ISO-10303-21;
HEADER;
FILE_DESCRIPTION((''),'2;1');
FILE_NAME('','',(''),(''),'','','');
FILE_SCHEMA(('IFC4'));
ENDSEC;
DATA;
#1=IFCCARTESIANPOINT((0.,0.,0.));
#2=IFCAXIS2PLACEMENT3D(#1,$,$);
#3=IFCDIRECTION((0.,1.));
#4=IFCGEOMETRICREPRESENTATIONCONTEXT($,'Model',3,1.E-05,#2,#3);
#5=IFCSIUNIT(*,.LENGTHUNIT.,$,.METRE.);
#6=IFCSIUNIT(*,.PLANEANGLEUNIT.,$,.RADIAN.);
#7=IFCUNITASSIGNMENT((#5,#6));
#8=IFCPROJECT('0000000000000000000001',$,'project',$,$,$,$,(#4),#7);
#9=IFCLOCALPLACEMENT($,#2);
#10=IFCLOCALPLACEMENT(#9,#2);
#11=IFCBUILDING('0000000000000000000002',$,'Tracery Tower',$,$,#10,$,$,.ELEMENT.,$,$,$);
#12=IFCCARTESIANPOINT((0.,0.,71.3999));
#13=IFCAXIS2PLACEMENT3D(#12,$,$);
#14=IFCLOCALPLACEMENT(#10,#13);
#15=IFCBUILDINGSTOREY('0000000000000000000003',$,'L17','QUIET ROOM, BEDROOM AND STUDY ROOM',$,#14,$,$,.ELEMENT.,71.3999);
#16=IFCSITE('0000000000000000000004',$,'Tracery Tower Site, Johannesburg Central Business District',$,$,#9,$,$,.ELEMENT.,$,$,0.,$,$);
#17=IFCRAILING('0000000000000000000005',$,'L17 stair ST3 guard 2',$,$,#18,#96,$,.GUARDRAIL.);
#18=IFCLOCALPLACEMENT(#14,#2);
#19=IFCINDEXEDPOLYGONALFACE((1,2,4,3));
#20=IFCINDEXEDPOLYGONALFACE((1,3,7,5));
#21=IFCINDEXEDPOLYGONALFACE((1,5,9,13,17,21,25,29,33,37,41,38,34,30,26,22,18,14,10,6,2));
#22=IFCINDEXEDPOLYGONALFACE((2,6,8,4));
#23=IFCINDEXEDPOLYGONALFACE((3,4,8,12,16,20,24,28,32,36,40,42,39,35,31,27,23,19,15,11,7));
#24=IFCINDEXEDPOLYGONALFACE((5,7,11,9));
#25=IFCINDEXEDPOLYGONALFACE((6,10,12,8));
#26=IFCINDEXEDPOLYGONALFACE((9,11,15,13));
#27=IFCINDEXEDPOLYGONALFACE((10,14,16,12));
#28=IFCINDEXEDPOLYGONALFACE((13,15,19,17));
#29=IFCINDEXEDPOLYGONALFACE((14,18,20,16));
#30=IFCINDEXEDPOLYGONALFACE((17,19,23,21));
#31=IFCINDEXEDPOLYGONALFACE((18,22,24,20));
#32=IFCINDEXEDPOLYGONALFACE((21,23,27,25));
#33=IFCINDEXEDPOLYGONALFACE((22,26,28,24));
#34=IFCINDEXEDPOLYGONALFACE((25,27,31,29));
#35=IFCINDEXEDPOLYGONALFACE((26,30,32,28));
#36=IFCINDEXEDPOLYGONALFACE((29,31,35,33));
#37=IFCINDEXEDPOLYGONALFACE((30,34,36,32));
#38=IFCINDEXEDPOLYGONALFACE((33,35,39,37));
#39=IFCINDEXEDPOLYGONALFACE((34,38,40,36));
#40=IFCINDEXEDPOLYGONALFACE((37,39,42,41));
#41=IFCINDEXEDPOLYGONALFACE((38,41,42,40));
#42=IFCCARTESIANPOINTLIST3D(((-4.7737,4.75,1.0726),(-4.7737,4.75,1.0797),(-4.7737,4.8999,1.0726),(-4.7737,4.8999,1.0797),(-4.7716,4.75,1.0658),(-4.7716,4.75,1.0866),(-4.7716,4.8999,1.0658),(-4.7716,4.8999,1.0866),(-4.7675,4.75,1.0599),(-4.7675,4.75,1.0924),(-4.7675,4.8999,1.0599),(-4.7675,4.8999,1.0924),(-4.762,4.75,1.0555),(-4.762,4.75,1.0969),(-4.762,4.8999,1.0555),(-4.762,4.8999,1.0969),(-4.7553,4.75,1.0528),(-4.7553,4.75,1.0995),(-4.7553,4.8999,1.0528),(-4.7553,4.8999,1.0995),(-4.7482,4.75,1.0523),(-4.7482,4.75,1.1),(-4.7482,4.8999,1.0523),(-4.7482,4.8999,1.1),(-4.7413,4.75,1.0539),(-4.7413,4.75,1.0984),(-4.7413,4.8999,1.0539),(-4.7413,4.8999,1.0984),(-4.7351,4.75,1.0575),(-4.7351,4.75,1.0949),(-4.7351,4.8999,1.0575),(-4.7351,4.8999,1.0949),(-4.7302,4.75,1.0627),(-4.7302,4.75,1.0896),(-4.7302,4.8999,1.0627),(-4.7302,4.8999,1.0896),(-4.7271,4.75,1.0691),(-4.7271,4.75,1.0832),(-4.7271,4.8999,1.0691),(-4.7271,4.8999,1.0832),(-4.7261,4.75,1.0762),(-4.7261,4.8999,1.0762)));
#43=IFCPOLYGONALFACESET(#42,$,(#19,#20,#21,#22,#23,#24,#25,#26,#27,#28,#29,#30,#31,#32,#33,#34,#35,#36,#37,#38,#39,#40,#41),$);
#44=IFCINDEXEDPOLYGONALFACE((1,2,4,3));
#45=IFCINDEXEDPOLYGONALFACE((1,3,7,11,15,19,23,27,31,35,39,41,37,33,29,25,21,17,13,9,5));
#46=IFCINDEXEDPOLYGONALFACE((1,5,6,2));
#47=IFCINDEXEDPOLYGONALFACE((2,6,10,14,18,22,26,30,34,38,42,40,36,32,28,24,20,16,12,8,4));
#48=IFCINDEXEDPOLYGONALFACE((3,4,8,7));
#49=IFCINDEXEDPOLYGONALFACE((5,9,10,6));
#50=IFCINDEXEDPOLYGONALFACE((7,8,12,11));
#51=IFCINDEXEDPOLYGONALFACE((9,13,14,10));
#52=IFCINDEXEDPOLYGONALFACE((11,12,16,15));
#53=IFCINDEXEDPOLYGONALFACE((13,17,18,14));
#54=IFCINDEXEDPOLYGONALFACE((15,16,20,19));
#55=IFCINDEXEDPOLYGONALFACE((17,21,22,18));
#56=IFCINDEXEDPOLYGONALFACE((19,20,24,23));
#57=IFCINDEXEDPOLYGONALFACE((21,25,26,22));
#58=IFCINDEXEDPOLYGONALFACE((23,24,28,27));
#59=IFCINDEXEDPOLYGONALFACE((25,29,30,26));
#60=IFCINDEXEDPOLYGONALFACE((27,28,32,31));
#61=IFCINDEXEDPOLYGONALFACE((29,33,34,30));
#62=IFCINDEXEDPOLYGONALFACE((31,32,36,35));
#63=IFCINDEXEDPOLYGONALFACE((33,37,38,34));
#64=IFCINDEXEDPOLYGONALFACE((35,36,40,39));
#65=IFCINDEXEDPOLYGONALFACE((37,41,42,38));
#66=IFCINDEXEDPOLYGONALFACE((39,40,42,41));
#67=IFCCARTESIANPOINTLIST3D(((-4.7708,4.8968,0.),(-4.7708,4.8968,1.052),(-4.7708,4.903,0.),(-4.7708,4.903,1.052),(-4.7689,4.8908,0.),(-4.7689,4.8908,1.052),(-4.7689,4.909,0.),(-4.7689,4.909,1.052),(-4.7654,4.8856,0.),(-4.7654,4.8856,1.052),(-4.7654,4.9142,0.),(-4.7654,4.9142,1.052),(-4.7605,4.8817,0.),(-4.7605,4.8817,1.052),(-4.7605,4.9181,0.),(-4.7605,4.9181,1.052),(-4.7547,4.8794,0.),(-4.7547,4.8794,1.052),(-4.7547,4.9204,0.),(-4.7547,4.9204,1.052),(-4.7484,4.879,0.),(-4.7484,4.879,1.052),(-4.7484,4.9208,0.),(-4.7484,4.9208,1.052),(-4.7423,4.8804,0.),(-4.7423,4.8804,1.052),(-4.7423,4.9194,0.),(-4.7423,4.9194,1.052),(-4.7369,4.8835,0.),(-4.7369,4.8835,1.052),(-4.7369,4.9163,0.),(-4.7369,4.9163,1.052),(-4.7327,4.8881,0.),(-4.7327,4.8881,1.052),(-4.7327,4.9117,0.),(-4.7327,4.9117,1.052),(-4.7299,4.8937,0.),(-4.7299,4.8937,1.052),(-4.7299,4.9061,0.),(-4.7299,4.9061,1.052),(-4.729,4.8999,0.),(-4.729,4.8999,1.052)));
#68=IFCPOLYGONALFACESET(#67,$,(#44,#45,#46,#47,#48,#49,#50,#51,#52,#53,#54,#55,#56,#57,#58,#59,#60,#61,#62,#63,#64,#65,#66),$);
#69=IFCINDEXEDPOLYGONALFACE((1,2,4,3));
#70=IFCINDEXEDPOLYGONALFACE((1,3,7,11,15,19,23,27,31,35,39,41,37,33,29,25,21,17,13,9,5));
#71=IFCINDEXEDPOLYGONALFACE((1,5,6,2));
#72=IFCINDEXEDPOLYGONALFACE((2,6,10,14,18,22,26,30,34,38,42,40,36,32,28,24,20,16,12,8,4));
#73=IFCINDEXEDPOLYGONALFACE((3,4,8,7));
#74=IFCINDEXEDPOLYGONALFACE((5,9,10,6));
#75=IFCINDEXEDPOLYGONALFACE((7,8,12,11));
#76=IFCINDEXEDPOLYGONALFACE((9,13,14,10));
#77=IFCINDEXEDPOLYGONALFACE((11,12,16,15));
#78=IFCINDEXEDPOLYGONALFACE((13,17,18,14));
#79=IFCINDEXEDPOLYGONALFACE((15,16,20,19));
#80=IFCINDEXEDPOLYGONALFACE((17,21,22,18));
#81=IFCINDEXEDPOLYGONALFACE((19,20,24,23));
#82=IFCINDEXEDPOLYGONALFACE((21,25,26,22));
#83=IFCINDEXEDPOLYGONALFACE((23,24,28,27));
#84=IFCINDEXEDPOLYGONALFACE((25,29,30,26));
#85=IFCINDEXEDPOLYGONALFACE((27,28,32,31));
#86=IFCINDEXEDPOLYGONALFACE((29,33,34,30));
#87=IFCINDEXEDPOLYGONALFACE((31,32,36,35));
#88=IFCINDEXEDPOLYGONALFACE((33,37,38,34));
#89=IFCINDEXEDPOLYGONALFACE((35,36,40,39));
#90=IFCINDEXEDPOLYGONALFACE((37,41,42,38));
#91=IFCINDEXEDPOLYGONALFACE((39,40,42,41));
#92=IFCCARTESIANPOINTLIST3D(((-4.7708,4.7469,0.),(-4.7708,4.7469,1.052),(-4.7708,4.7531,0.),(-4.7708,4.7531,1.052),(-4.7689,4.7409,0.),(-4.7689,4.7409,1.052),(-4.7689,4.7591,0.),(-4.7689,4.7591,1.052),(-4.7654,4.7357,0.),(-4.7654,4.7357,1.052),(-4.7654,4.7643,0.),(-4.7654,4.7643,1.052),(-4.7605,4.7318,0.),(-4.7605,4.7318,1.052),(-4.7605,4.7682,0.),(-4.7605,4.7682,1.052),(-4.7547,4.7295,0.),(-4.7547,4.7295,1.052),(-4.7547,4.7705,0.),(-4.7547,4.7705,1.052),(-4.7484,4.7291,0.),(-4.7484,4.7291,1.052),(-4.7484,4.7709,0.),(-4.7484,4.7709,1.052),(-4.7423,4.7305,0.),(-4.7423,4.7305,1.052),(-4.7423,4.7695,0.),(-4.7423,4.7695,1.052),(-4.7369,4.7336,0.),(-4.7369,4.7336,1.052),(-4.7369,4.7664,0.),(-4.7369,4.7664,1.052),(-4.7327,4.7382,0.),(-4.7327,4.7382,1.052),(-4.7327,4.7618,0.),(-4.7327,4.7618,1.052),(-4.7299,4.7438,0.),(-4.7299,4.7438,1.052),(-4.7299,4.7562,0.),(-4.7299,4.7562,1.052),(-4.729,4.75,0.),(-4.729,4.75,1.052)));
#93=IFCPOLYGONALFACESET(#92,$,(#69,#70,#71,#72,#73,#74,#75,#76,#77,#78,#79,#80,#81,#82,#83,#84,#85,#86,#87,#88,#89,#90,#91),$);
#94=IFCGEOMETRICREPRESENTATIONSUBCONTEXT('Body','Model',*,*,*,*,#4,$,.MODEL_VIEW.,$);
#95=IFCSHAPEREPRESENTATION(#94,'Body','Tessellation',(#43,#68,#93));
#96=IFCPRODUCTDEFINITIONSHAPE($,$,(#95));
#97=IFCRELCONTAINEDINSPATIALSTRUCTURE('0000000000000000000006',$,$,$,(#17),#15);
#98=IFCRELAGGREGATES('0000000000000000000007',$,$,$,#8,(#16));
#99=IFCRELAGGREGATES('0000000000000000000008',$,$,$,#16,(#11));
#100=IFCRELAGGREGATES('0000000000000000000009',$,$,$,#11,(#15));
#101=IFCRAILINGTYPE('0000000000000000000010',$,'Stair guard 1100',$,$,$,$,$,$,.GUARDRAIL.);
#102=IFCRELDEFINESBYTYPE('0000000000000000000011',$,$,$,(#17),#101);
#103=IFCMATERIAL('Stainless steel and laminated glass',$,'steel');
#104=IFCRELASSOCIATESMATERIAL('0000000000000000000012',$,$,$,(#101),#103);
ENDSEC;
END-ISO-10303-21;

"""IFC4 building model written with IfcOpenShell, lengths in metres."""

from ifc_helpers import new_model, si_unit, direction, frame, origin, origin_2d, place, context, subcontext, project, spatial, circle, extrude, material, type_object, element, save


model = new_model("IFC4")

# Units and contexts
model_context = context("Model", 3, precision=1e-05, world=origin(), true_north=direction((0.0, 1.0)))
body_context = subcontext(model_context, "Body", "Model", "MODEL_VIEW")
ifc_project = project(units=[si_unit("LENGTHUNIT", "METRE"), si_unit("PLANEANGLEUNIT", "RADIAN")], contexts=[model_context])

# Site, building, storey
site_placement = place(None, origin())
site = spatial("IfcSite", under=ifc_project, at=site_placement, Name="Tracery Tower Site, Johannesburg Central Business District", CompositionType="ELEMENT", RefElevation=0.0)
building_placement = place(site_placement, origin())
building = spatial("IfcBuilding", under=site, at=building_placement, Name="Tracery Tower", CompositionType="ELEMENT")
storey_placement = place(building_placement, frame((0.0, 0.0, 71.3999)))
storey = spatial("IfcBuildingStorey", under=building, at=storey_placement, Name="L17", Description="QUIET ROOM, BEDROOM AND STUDY ROOM", CompositionType="ELEMENT", Elevation=71.3999)

# Railing
ifc_material_1 = material(Name="Stainless steel and laminated glass", Category="steel")
railing_type_1 = type_object("IfcRailingType", Name="Stair guard 1100", PredefinedType="GUARDRAIL", material=ifc_material_1)
railing_1_placement = place(storey_placement, frame((-4.75, 4.8999, 0.0)))
element("IfcRailing", 1, at=railing_1_placement, inside=storey, type_object=railing_type_1, Name="L17 stair ST3 guard 2", PredefinedType="GUARDRAIL", context=body_context, shape_type="SweptSolid", body=[
    extrude(circle(Radius=0.0239, at=origin_2d()), frame((0.0, 0.0, 1.0762), z_axis=(0.0, -1.0, 0.0), x_axis=(1.0, 0.0, 0.0)), (0.0, 0.0, 1.0), 0.1499),
    extrude(circle(Radius=0.021, at=origin_2d()), origin(), (0.0, 0.0, 1.0), 1.052),
    extrude(circle(Radius=0.021, at=origin_2d()), frame((0.0, -0.1499, 0.0)), (0.0, 0.0, 1.0), 1.052),
])

save(model, "model.ifc")
